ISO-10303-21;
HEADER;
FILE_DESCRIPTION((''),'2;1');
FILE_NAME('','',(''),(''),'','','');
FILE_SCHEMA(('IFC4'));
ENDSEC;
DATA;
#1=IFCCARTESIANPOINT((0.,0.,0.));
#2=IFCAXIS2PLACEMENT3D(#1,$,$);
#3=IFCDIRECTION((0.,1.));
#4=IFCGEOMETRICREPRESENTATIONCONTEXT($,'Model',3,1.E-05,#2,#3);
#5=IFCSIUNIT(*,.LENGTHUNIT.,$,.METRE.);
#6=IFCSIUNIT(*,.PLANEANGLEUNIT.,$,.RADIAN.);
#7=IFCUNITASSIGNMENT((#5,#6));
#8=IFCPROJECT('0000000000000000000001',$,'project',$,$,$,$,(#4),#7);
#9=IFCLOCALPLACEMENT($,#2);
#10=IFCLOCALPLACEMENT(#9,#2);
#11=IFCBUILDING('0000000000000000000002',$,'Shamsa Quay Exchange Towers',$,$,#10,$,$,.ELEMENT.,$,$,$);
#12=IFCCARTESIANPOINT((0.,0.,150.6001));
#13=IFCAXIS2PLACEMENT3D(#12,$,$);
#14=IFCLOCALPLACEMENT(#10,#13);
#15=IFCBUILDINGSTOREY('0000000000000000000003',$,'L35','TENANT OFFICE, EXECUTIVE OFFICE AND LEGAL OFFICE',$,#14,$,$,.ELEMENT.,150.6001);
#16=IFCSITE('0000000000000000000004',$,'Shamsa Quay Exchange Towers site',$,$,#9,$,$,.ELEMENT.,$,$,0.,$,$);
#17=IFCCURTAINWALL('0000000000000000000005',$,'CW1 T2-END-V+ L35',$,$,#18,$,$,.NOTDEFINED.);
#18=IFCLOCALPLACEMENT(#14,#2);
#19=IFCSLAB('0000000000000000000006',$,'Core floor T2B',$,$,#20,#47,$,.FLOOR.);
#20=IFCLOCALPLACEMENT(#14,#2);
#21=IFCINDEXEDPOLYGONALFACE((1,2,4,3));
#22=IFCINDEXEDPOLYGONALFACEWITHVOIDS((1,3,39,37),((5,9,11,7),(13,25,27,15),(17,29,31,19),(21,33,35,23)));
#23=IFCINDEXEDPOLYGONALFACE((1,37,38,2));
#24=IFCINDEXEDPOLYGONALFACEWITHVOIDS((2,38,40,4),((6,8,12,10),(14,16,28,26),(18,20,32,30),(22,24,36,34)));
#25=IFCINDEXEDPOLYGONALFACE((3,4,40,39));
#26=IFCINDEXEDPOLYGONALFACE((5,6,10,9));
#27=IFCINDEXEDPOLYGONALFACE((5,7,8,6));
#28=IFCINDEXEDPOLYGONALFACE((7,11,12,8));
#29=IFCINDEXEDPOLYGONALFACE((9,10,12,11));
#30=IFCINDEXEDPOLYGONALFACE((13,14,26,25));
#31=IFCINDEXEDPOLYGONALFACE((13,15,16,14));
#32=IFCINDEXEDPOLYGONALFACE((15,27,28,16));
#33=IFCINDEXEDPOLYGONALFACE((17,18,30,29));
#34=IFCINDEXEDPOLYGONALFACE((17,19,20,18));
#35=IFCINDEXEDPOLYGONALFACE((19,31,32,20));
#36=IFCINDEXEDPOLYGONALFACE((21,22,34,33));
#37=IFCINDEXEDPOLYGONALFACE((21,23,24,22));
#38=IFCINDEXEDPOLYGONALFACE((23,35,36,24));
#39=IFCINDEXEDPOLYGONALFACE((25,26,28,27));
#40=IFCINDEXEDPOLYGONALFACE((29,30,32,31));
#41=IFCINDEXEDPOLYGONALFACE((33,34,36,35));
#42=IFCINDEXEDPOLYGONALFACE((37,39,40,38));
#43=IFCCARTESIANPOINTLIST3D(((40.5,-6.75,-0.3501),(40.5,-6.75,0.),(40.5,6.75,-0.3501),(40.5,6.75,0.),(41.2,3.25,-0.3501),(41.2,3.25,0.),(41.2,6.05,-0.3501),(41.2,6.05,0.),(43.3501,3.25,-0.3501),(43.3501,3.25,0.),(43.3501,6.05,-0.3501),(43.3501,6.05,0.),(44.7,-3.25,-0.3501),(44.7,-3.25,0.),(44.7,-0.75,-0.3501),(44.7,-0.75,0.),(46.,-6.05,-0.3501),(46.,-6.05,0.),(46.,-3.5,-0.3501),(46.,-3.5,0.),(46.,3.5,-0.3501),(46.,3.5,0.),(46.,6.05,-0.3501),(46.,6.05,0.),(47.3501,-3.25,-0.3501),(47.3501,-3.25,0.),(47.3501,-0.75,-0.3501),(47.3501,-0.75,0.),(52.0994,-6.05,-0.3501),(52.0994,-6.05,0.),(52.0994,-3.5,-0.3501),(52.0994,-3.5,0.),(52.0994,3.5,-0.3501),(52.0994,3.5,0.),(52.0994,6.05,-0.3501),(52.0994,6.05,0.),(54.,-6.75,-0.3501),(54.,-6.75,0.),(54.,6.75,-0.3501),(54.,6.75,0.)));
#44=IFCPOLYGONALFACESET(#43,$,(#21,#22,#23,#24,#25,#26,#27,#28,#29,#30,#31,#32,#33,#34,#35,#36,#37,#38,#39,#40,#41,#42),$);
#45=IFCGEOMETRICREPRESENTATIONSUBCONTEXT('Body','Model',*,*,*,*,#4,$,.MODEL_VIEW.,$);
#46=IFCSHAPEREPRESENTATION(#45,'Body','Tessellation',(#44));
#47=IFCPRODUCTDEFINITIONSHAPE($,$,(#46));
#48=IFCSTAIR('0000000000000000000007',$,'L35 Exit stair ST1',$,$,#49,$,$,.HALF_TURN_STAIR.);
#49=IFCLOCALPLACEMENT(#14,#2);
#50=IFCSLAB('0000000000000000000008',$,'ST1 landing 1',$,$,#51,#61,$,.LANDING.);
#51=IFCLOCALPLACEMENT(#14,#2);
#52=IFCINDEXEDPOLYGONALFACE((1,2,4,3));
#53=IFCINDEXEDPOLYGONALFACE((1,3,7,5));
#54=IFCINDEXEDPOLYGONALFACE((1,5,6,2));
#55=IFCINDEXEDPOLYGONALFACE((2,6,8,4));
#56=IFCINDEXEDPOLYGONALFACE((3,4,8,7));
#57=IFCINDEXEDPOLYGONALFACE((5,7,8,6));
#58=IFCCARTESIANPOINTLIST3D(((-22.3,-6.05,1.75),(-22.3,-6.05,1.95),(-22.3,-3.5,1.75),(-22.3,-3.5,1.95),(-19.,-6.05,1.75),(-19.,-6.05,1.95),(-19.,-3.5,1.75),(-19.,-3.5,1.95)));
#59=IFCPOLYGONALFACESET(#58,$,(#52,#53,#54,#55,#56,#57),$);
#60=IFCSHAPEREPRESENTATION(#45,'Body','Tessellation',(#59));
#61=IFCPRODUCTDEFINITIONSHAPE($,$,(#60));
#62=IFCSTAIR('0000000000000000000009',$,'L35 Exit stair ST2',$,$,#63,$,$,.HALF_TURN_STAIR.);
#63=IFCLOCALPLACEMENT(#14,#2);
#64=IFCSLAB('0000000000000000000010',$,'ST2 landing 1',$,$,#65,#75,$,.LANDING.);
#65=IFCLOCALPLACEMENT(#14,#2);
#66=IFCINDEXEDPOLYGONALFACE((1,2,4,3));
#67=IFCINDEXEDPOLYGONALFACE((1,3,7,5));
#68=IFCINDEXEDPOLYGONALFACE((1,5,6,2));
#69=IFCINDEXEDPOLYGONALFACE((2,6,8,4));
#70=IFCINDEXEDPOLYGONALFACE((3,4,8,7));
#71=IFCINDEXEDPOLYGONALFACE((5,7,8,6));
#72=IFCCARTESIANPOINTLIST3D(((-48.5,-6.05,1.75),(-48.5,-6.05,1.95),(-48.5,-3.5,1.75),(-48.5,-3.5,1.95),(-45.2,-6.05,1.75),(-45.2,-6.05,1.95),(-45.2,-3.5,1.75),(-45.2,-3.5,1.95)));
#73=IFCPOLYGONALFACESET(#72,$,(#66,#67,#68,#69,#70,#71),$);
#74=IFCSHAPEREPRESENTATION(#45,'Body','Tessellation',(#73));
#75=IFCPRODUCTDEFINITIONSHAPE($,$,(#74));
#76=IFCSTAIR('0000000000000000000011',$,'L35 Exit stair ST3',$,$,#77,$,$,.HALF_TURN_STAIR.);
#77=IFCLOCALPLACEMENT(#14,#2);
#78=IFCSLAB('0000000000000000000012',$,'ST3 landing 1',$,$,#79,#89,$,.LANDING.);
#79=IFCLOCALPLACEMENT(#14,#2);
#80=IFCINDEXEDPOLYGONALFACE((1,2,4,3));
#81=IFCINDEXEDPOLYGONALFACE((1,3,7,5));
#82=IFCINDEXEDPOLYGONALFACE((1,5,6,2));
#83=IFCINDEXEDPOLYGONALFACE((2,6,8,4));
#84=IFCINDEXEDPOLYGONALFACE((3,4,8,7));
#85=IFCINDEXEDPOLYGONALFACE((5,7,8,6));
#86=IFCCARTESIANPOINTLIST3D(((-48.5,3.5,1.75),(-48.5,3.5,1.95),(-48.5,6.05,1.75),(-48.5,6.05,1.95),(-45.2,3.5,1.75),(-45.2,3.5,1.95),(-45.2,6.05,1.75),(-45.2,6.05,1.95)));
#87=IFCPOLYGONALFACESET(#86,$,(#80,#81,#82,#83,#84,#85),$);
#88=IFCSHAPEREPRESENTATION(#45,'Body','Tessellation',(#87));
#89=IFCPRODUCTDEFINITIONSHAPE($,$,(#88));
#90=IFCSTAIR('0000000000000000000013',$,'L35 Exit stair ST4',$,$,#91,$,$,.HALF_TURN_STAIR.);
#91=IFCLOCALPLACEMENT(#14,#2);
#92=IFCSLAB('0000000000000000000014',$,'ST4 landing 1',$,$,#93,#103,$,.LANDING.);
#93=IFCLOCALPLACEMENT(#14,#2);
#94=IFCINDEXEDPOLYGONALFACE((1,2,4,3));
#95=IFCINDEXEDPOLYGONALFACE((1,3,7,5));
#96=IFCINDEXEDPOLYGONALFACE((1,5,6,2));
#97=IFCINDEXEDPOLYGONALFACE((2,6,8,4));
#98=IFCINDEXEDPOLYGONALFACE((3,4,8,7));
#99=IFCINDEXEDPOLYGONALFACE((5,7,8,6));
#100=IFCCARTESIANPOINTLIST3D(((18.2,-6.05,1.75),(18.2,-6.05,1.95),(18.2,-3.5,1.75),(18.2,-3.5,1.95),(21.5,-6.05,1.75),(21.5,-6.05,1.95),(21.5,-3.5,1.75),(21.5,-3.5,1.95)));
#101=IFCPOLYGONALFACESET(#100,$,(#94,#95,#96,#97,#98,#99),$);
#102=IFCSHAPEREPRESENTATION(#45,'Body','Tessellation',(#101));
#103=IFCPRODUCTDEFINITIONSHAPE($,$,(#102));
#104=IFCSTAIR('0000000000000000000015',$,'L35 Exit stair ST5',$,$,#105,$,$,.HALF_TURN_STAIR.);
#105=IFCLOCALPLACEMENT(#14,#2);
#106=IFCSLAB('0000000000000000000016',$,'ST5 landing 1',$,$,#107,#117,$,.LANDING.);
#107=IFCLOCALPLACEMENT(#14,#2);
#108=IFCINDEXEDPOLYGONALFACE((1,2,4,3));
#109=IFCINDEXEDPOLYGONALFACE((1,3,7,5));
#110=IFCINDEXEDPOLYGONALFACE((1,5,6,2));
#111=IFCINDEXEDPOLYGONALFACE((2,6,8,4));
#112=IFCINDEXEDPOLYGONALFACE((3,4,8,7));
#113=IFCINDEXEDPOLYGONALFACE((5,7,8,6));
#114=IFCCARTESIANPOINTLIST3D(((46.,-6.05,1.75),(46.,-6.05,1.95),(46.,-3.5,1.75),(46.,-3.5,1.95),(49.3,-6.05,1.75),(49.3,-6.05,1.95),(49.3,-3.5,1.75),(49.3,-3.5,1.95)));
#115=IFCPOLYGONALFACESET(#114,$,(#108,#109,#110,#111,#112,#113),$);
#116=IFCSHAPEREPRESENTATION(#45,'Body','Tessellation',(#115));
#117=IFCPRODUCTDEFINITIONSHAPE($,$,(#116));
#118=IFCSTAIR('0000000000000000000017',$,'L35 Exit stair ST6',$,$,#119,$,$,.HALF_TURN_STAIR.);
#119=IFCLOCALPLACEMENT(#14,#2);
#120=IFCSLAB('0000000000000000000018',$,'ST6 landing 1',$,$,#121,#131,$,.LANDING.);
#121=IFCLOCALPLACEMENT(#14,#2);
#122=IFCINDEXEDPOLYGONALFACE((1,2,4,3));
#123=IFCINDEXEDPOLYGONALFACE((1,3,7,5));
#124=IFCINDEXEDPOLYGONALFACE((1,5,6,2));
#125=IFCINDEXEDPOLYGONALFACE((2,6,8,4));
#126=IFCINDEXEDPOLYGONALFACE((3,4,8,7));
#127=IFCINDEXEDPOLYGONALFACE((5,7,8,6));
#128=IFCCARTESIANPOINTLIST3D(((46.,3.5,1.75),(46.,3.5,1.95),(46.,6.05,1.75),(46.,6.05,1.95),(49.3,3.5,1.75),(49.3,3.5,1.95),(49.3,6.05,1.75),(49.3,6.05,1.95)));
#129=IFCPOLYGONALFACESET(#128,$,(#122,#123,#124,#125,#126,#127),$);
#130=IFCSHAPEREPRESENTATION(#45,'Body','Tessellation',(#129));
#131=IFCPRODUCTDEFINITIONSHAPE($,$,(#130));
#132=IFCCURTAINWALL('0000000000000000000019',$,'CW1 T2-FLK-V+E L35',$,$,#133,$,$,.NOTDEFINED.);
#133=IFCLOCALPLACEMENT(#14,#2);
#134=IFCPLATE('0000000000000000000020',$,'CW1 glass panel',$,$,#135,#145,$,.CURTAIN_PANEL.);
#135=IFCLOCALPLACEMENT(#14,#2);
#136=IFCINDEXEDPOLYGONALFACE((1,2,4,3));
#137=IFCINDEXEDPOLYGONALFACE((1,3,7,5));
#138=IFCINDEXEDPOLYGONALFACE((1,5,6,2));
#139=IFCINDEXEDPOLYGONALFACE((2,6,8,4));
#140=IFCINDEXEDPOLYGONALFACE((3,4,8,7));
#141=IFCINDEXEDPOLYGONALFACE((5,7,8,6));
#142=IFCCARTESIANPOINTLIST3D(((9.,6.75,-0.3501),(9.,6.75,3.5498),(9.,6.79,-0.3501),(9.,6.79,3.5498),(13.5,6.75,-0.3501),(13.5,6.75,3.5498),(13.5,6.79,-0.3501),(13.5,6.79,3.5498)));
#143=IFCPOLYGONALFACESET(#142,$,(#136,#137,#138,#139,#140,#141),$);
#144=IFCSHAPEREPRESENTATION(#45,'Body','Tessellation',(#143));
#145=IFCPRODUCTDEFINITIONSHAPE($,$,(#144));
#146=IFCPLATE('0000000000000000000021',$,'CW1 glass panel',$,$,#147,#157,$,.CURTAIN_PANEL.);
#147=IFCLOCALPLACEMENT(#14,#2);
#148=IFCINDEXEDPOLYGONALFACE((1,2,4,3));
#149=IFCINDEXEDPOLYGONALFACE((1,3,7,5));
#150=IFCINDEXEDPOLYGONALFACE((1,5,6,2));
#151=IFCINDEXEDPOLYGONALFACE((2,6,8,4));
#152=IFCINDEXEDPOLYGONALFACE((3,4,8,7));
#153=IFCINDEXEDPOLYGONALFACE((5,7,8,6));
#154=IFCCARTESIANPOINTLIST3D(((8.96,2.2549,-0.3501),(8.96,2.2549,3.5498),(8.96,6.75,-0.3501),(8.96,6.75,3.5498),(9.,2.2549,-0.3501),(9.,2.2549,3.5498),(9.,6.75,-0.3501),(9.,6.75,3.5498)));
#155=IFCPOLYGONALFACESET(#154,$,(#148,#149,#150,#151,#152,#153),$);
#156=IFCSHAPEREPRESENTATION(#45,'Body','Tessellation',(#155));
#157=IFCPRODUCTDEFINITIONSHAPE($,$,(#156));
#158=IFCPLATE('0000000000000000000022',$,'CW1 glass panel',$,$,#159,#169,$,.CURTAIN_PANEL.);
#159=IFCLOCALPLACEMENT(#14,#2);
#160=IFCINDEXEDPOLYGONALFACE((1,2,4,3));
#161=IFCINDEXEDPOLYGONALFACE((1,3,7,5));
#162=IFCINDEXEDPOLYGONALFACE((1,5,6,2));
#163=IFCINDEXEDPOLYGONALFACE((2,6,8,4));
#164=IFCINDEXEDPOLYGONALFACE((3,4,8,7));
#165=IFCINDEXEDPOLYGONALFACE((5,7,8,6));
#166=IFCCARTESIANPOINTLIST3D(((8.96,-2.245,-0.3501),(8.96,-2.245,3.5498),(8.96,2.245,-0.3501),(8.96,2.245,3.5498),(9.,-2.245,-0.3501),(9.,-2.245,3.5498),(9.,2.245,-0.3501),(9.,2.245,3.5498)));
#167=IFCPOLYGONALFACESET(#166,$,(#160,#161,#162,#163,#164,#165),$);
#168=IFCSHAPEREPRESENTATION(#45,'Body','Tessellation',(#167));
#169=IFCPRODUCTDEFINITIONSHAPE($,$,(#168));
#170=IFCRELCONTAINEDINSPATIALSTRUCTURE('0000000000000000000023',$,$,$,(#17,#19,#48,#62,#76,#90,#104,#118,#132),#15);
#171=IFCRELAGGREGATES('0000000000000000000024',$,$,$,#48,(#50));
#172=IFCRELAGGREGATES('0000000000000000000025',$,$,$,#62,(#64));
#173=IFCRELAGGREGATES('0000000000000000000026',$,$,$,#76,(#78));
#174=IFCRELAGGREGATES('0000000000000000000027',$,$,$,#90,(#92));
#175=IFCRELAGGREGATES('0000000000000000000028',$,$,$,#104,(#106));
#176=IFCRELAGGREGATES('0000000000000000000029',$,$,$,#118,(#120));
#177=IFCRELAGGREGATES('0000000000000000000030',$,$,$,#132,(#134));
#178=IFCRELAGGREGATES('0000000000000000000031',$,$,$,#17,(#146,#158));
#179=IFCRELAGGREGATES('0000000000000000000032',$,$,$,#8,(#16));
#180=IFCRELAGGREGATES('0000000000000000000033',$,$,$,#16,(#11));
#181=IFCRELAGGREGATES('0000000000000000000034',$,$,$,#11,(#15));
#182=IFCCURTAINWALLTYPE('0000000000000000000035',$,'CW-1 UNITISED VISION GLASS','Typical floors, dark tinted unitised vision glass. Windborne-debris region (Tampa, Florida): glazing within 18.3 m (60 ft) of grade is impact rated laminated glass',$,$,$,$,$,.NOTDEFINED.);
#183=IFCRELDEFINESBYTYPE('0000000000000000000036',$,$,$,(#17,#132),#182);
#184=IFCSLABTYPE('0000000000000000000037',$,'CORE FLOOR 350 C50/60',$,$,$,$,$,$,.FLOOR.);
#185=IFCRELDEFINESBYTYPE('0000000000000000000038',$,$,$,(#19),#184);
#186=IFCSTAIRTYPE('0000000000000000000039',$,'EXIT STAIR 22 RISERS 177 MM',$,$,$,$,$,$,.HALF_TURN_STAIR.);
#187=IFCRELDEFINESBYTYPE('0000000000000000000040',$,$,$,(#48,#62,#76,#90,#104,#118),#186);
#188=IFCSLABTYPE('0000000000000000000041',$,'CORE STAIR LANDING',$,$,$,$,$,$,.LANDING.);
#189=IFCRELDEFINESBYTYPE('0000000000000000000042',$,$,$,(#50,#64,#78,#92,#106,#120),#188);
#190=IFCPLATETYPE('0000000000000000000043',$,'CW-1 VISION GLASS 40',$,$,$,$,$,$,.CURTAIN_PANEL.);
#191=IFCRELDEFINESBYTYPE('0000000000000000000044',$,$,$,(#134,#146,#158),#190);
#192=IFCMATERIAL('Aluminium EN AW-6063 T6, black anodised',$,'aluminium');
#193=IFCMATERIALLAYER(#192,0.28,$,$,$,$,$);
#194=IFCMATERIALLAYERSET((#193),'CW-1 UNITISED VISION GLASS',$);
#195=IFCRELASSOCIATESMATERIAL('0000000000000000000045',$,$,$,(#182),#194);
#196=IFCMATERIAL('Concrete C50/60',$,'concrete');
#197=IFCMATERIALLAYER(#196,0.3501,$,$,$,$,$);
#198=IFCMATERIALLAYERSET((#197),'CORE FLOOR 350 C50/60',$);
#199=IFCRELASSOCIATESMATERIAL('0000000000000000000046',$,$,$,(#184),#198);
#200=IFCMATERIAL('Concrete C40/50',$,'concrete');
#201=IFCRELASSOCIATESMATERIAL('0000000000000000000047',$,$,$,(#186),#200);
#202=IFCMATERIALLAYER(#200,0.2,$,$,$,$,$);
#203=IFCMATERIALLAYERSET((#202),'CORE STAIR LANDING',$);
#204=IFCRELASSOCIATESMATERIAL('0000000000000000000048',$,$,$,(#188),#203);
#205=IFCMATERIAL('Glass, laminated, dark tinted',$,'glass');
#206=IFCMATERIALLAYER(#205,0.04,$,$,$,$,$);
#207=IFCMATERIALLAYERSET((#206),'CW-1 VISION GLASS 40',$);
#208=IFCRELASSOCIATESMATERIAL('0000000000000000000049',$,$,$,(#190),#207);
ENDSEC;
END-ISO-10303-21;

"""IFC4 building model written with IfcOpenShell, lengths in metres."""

from ifc_helpers import new_model, si_unit, direction, frame, origin, origin_2d, place, context, subcontext, project, spatial, polyline, rectangle, outline, extrude, material, layer, layer_set, type_object, element, aggregate, save


model = new_model("IFC4")

# Units and contexts
model_context = context("Model", 3, precision=1e-05, world=origin(), true_north=direction((0.0, 1.0)))
body_context = subcontext(model_context, "Body", "Model", "MODEL_VIEW")
ifc_project = project(units=[si_unit("LENGTHUNIT", "METRE"), si_unit("PLANEANGLEUNIT", "RADIAN")], contexts=[model_context])

# Site, building, storey
site_placement = place(None, origin())
site = spatial("IfcSite", under=ifc_project, at=site_placement, Name="Shamsa Quay Exchange Towers site", CompositionType="ELEMENT", RefElevation=0.0)
building_placement = place(site_placement, origin())
building = spatial("IfcBuilding", under=site, at=building_placement, Name="Shamsa Quay Exchange Towers", CompositionType="ELEMENT")
storey_placement = place(building_placement, frame((0.0, 0.0, 150.6001)))
storey = spatial("IfcBuildingStorey", under=building, at=storey_placement, Name="L35", Description="TENANT OFFICE, EXECUTIVE OFFICE AND LEGAL OFFICE", CompositionType="ELEMENT", Elevation=150.6001)

# Curtain wall
ifc_material_1 = material(Name="Aluminium EN AW-6063 T6, black anodised", Category="aluminium")
ifc_layer_1 = layer(ifc_material_1, 0.28)
ifc_layer_set_1 = layer_set([ifc_layer_1], Name="CW-1 UNITISED VISION GLASS")
curtain_wall_type = type_object("IfcCurtainWallType", Name="CW-1 UNITISED VISION GLASS", Description="Typical floors, dark tinted unitised vision glass. Windborne-debris region (Tampa, Florida): glazing within 18.3 m (60 ft) of grade is impact rated laminated glass", PredefinedType="NOTDEFINED", material=ifc_layer_set_1)
curtain_wall_1_placement = place(storey_placement, origin())
curtain_wall_1 = element("IfcCurtainWall", 1, at=curtain_wall_1_placement, inside=storey, type_object=curtain_wall_type, Name="CW1 T2-END-V+ L35", PredefinedType="NOTDEFINED")

# Slab
ifc_material_2 = material(Name="Concrete C50/60", Category="concrete")
ifc_layer_2 = layer(ifc_material_2, 0.3501)
ifc_layer_set_2 = layer_set([ifc_layer_2], Name="CORE FLOOR 350 C50/60")
slab_type_1 = type_object("IfcSlabType", Name="CORE FLOOR 350 C50/60", PredefinedType="FLOOR", material=ifc_layer_set_2)
slab_1_placement = place(storey_placement, frame((0.0, 0.0, -0.3501)))
element("IfcSlab", 2, at=slab_1_placement, inside=storey, type_object=slab_type_1, Name="Core floor T2B", PredefinedType="FLOOR", context=body_context, shape_type="SweptSolid", body=[
    extrude(outline(polyline([(54.0, -6.75), (54.0, 6.75), (40.5, 6.75), (40.5, -6.75), (54.0, -6.75)]), holes=[polyline([(52.0994, -3.5), (52.0994, -6.05), (46.0, -6.05), (46.0, -3.5), (52.0994, -3.5)]), polyline([(52.0994, 6.05), (52.0994, 3.5), (46.0, 3.5), (46.0, 6.05), (52.0994, 6.05)]), polyline([(43.3501, 3.25), (41.2, 3.25), (41.2, 6.05), (43.3501, 6.05), (43.3501, 3.25)]), polyline([(47.3501, -3.25), (44.7, -3.25), (44.7, -0.75), (47.3501, -0.75), (47.3501, -3.25)])]), origin(), (0.0, 0.0, 1.0), 0.3501),
])

# Stairs, slabs
ifc_material_3 = material(Name="Concrete C40/50", Category="concrete")
stair_type = type_object("IfcStairType", Name="EXIT STAIR 22 RISERS 177 MM", PredefinedType="HALF_TURN_STAIR", material=ifc_material_3)
stair_1_placement = place(storey_placement, origin())
stair_1 = element("IfcStair", 3, at=stair_1_placement, inside=storey, type_object=stair_type, Name="L35 Exit stair ST1", PredefinedType="HALF_TURN_STAIR")
ifc_layer_3 = layer(ifc_material_3, 0.2)
ifc_layer_set_3 = layer_set([ifc_layer_3], Name="CORE STAIR LANDING")
slab_type_2 = type_object("IfcSlabType", Name="CORE STAIR LANDING", PredefinedType="LANDING", material=ifc_layer_set_3)
slab_2_placement = place(storey_placement, frame((0.0, 0.0, 1.75)))
slab_2 = element("IfcSlab", 4, at=slab_2_placement, type_object=slab_type_2, Name="ST1 landing 1", PredefinedType="LANDING", context=body_context, shape_type="SweptSolid", body=[
    extrude(outline(polyline([(-22.3, -6.05), (-19.0, -6.05), (-19.0, -3.5), (-22.3, -3.5), (-22.3, -6.05)])), origin(), (0.0, 0.0, 1.0), 0.2),
])
aggregate(stair_1, [slab_2])
stair_2_placement = place(storey_placement, origin())
stair_2 = element("IfcStair", 5, at=stair_2_placement, inside=storey, type_object=stair_type, Name="L35 Exit stair ST2", PredefinedType="HALF_TURN_STAIR")
slab_3_placement = place(storey_placement, frame((0.0, 0.0, 1.75)))
slab_3 = element("IfcSlab", 6, at=slab_3_placement, type_object=slab_type_2, Name="ST2 landing 1", PredefinedType="LANDING", context=body_context, shape_type="SweptSolid", body=[
    extrude(outline(polyline([(-45.2, -3.5), (-48.5, -3.5), (-48.5, -6.05), (-45.2, -6.05), (-45.2, -3.5)])), origin(), (0.0, 0.0, 1.0), 0.2),
])
aggregate(stair_2, [slab_3])
stair_3_placement = place(storey_placement, origin())
stair_3 = element("IfcStair", 7, at=stair_3_placement, inside=storey, type_object=stair_type, Name="L35 Exit stair ST3", PredefinedType="HALF_TURN_STAIR")
slab_4_placement = place(storey_placement, frame((0.0, 0.0, 1.75)))
slab_4 = element("IfcSlab", 8, at=slab_4_placement, type_object=slab_type_2, Name="ST3 landing 1", PredefinedType="LANDING", context=body_context, shape_type="SweptSolid", body=[
    extrude(outline(polyline([(-45.2, 6.05), (-48.5, 6.05), (-48.5, 3.5), (-45.2, 3.5), (-45.2, 6.05)])), origin(), (0.0, 0.0, 1.0), 0.2),
])
aggregate(stair_3, [slab_4])
stair_4_placement = place(storey_placement, origin())
stair_4 = element("IfcStair", 9, at=stair_4_placement, inside=storey, type_object=stair_type, Name="L35 Exit stair ST4", PredefinedType="HALF_TURN_STAIR")
slab_5_placement = place(storey_placement, frame((0.0, 0.0, 1.75)))
slab_5 = element("IfcSlab", 10, at=slab_5_placement, type_object=slab_type_2, Name="ST4 landing 1", PredefinedType="LANDING", context=body_context, shape_type="SweptSolid", body=[
    extrude(outline(polyline([(18.2, -6.05), (21.5, -6.05), (21.5, -3.5), (18.2, -3.5), (18.2, -6.05)])), origin(), (0.0, 0.0, 1.0), 0.2),
])
aggregate(stair_4, [slab_5])
stair_5_placement = place(storey_placement, origin())
stair_5 = element("IfcStair", 11, at=stair_5_placement, inside=storey, type_object=stair_type, Name="L35 Exit stair ST5", PredefinedType="HALF_TURN_STAIR")
slab_6_placement = place(storey_placement, frame((0.0, 0.0, 1.75)))
slab_6 = element("IfcSlab", 12, at=slab_6_placement, type_object=slab_type_2, Name="ST5 landing 1", PredefinedType="LANDING", context=body_context, shape_type="SweptSolid", body=[
    extrude(outline(polyline([(49.3, -3.5), (46.0, -3.5), (46.0, -6.05), (49.3, -6.05), (49.3, -3.5)])), origin(), (0.0, 0.0, 1.0), 0.2),
])
aggregate(stair_5, [slab_6])
stair_6_placement = place(storey_placement, origin())
stair_6 = element("IfcStair", 13, at=stair_6_placement, inside=storey, type_object=stair_type, Name="L35 Exit stair ST6", PredefinedType="HALF_TURN_STAIR")
slab_7_placement = place(storey_placement, frame((0.0, 0.0, 1.75)))
slab_7 = element("IfcSlab", 14, at=slab_7_placement, type_object=slab_type_2, Name="ST6 landing 1", PredefinedType="LANDING", context=body_context, shape_type="SweptSolid", body=[
    extrude(outline(polyline([(49.3, 6.05), (46.0, 6.05), (46.0, 3.5), (49.3, 3.5), (49.3, 6.05)])), origin(), (0.0, 0.0, 1.0), 0.2),
])
aggregate(stair_6, [slab_7])

# Curtain wall, plate
curtain_wall_2_placement = place(storey_placement, origin())
curtain_wall_2 = element("IfcCurtainWall", 15, at=curtain_wall_2_placement, inside=storey, type_object=curtain_wall_type, Name="CW1 T2-FLK-V+E L35", PredefinedType="NOTDEFINED")
ifc_material_4 = material(Name="Glass, laminated, dark tinted", Category="glass")
ifc_layer_4 = layer(ifc_material_4, 0.04)
ifc_layer_set_4 = layer_set([ifc_layer_4], Name="CW-1 VISION GLASS 40")
plate_type = type_object("IfcPlateType", Name="CW-1 VISION GLASS 40", PredefinedType="CURTAIN_PANEL", material=ifc_layer_set_4)
plate_1_placement = place(storey_placement, frame((11.25, 6.77, -0.3501), z_axis=(0.0, 0.0, 1.0), x_axis=(-1.0, 0.0, 0.0)))
plate_1 = element("IfcPlate", 16, at=plate_1_placement, type_object=plate_type, Name="CW1 glass panel", PredefinedType="CURTAIN_PANEL", context=body_context, shape_type="SweptSolid", body=[
    extrude(rectangle(XDim=4.5, YDim=0.04, at=origin_2d()), origin(), (0.0, 0.0, 1.0), 3.8999),
])
aggregate(curtain_wall_2, [plate_1])

# Plates
plate_2_placement = place(storey_placement, frame((8.98, 4.5024, -0.3501), z_axis=(0.0, 0.0, 1.0), x_axis=(0.0, -1.0, 0.0)))
plate_2 = element("IfcPlate", 17, at=plate_2_placement, type_object=plate_type, Name="CW1 glass panel", PredefinedType="CURTAIN_PANEL", context=body_context, shape_type="SweptSolid", body=[
    extrude(rectangle(XDim=4.4951, YDim=0.04, at=origin_2d()), origin(), (0.0, 0.0, 1.0), 3.8999),
])
plate_3_placement = place(storey_placement, frame((8.98, 0.0, -0.3501), z_axis=(0.0, 0.0, 1.0), x_axis=(0.0, -1.0, 0.0)))
plate_3 = element("IfcPlate", 18, at=plate_3_placement, type_object=plate_type, Name="CW1 glass panel", PredefinedType="CURTAIN_PANEL", context=body_context, shape_type="SweptSolid", body=[
    extrude(rectangle(XDim=4.49, YDim=0.04, at=origin_2d()), origin(), (0.0, 0.0, 1.0), 3.8999),
])
aggregate(curtain_wall_1, [plate_2, plate_3])

save(model, "model.ifc")
